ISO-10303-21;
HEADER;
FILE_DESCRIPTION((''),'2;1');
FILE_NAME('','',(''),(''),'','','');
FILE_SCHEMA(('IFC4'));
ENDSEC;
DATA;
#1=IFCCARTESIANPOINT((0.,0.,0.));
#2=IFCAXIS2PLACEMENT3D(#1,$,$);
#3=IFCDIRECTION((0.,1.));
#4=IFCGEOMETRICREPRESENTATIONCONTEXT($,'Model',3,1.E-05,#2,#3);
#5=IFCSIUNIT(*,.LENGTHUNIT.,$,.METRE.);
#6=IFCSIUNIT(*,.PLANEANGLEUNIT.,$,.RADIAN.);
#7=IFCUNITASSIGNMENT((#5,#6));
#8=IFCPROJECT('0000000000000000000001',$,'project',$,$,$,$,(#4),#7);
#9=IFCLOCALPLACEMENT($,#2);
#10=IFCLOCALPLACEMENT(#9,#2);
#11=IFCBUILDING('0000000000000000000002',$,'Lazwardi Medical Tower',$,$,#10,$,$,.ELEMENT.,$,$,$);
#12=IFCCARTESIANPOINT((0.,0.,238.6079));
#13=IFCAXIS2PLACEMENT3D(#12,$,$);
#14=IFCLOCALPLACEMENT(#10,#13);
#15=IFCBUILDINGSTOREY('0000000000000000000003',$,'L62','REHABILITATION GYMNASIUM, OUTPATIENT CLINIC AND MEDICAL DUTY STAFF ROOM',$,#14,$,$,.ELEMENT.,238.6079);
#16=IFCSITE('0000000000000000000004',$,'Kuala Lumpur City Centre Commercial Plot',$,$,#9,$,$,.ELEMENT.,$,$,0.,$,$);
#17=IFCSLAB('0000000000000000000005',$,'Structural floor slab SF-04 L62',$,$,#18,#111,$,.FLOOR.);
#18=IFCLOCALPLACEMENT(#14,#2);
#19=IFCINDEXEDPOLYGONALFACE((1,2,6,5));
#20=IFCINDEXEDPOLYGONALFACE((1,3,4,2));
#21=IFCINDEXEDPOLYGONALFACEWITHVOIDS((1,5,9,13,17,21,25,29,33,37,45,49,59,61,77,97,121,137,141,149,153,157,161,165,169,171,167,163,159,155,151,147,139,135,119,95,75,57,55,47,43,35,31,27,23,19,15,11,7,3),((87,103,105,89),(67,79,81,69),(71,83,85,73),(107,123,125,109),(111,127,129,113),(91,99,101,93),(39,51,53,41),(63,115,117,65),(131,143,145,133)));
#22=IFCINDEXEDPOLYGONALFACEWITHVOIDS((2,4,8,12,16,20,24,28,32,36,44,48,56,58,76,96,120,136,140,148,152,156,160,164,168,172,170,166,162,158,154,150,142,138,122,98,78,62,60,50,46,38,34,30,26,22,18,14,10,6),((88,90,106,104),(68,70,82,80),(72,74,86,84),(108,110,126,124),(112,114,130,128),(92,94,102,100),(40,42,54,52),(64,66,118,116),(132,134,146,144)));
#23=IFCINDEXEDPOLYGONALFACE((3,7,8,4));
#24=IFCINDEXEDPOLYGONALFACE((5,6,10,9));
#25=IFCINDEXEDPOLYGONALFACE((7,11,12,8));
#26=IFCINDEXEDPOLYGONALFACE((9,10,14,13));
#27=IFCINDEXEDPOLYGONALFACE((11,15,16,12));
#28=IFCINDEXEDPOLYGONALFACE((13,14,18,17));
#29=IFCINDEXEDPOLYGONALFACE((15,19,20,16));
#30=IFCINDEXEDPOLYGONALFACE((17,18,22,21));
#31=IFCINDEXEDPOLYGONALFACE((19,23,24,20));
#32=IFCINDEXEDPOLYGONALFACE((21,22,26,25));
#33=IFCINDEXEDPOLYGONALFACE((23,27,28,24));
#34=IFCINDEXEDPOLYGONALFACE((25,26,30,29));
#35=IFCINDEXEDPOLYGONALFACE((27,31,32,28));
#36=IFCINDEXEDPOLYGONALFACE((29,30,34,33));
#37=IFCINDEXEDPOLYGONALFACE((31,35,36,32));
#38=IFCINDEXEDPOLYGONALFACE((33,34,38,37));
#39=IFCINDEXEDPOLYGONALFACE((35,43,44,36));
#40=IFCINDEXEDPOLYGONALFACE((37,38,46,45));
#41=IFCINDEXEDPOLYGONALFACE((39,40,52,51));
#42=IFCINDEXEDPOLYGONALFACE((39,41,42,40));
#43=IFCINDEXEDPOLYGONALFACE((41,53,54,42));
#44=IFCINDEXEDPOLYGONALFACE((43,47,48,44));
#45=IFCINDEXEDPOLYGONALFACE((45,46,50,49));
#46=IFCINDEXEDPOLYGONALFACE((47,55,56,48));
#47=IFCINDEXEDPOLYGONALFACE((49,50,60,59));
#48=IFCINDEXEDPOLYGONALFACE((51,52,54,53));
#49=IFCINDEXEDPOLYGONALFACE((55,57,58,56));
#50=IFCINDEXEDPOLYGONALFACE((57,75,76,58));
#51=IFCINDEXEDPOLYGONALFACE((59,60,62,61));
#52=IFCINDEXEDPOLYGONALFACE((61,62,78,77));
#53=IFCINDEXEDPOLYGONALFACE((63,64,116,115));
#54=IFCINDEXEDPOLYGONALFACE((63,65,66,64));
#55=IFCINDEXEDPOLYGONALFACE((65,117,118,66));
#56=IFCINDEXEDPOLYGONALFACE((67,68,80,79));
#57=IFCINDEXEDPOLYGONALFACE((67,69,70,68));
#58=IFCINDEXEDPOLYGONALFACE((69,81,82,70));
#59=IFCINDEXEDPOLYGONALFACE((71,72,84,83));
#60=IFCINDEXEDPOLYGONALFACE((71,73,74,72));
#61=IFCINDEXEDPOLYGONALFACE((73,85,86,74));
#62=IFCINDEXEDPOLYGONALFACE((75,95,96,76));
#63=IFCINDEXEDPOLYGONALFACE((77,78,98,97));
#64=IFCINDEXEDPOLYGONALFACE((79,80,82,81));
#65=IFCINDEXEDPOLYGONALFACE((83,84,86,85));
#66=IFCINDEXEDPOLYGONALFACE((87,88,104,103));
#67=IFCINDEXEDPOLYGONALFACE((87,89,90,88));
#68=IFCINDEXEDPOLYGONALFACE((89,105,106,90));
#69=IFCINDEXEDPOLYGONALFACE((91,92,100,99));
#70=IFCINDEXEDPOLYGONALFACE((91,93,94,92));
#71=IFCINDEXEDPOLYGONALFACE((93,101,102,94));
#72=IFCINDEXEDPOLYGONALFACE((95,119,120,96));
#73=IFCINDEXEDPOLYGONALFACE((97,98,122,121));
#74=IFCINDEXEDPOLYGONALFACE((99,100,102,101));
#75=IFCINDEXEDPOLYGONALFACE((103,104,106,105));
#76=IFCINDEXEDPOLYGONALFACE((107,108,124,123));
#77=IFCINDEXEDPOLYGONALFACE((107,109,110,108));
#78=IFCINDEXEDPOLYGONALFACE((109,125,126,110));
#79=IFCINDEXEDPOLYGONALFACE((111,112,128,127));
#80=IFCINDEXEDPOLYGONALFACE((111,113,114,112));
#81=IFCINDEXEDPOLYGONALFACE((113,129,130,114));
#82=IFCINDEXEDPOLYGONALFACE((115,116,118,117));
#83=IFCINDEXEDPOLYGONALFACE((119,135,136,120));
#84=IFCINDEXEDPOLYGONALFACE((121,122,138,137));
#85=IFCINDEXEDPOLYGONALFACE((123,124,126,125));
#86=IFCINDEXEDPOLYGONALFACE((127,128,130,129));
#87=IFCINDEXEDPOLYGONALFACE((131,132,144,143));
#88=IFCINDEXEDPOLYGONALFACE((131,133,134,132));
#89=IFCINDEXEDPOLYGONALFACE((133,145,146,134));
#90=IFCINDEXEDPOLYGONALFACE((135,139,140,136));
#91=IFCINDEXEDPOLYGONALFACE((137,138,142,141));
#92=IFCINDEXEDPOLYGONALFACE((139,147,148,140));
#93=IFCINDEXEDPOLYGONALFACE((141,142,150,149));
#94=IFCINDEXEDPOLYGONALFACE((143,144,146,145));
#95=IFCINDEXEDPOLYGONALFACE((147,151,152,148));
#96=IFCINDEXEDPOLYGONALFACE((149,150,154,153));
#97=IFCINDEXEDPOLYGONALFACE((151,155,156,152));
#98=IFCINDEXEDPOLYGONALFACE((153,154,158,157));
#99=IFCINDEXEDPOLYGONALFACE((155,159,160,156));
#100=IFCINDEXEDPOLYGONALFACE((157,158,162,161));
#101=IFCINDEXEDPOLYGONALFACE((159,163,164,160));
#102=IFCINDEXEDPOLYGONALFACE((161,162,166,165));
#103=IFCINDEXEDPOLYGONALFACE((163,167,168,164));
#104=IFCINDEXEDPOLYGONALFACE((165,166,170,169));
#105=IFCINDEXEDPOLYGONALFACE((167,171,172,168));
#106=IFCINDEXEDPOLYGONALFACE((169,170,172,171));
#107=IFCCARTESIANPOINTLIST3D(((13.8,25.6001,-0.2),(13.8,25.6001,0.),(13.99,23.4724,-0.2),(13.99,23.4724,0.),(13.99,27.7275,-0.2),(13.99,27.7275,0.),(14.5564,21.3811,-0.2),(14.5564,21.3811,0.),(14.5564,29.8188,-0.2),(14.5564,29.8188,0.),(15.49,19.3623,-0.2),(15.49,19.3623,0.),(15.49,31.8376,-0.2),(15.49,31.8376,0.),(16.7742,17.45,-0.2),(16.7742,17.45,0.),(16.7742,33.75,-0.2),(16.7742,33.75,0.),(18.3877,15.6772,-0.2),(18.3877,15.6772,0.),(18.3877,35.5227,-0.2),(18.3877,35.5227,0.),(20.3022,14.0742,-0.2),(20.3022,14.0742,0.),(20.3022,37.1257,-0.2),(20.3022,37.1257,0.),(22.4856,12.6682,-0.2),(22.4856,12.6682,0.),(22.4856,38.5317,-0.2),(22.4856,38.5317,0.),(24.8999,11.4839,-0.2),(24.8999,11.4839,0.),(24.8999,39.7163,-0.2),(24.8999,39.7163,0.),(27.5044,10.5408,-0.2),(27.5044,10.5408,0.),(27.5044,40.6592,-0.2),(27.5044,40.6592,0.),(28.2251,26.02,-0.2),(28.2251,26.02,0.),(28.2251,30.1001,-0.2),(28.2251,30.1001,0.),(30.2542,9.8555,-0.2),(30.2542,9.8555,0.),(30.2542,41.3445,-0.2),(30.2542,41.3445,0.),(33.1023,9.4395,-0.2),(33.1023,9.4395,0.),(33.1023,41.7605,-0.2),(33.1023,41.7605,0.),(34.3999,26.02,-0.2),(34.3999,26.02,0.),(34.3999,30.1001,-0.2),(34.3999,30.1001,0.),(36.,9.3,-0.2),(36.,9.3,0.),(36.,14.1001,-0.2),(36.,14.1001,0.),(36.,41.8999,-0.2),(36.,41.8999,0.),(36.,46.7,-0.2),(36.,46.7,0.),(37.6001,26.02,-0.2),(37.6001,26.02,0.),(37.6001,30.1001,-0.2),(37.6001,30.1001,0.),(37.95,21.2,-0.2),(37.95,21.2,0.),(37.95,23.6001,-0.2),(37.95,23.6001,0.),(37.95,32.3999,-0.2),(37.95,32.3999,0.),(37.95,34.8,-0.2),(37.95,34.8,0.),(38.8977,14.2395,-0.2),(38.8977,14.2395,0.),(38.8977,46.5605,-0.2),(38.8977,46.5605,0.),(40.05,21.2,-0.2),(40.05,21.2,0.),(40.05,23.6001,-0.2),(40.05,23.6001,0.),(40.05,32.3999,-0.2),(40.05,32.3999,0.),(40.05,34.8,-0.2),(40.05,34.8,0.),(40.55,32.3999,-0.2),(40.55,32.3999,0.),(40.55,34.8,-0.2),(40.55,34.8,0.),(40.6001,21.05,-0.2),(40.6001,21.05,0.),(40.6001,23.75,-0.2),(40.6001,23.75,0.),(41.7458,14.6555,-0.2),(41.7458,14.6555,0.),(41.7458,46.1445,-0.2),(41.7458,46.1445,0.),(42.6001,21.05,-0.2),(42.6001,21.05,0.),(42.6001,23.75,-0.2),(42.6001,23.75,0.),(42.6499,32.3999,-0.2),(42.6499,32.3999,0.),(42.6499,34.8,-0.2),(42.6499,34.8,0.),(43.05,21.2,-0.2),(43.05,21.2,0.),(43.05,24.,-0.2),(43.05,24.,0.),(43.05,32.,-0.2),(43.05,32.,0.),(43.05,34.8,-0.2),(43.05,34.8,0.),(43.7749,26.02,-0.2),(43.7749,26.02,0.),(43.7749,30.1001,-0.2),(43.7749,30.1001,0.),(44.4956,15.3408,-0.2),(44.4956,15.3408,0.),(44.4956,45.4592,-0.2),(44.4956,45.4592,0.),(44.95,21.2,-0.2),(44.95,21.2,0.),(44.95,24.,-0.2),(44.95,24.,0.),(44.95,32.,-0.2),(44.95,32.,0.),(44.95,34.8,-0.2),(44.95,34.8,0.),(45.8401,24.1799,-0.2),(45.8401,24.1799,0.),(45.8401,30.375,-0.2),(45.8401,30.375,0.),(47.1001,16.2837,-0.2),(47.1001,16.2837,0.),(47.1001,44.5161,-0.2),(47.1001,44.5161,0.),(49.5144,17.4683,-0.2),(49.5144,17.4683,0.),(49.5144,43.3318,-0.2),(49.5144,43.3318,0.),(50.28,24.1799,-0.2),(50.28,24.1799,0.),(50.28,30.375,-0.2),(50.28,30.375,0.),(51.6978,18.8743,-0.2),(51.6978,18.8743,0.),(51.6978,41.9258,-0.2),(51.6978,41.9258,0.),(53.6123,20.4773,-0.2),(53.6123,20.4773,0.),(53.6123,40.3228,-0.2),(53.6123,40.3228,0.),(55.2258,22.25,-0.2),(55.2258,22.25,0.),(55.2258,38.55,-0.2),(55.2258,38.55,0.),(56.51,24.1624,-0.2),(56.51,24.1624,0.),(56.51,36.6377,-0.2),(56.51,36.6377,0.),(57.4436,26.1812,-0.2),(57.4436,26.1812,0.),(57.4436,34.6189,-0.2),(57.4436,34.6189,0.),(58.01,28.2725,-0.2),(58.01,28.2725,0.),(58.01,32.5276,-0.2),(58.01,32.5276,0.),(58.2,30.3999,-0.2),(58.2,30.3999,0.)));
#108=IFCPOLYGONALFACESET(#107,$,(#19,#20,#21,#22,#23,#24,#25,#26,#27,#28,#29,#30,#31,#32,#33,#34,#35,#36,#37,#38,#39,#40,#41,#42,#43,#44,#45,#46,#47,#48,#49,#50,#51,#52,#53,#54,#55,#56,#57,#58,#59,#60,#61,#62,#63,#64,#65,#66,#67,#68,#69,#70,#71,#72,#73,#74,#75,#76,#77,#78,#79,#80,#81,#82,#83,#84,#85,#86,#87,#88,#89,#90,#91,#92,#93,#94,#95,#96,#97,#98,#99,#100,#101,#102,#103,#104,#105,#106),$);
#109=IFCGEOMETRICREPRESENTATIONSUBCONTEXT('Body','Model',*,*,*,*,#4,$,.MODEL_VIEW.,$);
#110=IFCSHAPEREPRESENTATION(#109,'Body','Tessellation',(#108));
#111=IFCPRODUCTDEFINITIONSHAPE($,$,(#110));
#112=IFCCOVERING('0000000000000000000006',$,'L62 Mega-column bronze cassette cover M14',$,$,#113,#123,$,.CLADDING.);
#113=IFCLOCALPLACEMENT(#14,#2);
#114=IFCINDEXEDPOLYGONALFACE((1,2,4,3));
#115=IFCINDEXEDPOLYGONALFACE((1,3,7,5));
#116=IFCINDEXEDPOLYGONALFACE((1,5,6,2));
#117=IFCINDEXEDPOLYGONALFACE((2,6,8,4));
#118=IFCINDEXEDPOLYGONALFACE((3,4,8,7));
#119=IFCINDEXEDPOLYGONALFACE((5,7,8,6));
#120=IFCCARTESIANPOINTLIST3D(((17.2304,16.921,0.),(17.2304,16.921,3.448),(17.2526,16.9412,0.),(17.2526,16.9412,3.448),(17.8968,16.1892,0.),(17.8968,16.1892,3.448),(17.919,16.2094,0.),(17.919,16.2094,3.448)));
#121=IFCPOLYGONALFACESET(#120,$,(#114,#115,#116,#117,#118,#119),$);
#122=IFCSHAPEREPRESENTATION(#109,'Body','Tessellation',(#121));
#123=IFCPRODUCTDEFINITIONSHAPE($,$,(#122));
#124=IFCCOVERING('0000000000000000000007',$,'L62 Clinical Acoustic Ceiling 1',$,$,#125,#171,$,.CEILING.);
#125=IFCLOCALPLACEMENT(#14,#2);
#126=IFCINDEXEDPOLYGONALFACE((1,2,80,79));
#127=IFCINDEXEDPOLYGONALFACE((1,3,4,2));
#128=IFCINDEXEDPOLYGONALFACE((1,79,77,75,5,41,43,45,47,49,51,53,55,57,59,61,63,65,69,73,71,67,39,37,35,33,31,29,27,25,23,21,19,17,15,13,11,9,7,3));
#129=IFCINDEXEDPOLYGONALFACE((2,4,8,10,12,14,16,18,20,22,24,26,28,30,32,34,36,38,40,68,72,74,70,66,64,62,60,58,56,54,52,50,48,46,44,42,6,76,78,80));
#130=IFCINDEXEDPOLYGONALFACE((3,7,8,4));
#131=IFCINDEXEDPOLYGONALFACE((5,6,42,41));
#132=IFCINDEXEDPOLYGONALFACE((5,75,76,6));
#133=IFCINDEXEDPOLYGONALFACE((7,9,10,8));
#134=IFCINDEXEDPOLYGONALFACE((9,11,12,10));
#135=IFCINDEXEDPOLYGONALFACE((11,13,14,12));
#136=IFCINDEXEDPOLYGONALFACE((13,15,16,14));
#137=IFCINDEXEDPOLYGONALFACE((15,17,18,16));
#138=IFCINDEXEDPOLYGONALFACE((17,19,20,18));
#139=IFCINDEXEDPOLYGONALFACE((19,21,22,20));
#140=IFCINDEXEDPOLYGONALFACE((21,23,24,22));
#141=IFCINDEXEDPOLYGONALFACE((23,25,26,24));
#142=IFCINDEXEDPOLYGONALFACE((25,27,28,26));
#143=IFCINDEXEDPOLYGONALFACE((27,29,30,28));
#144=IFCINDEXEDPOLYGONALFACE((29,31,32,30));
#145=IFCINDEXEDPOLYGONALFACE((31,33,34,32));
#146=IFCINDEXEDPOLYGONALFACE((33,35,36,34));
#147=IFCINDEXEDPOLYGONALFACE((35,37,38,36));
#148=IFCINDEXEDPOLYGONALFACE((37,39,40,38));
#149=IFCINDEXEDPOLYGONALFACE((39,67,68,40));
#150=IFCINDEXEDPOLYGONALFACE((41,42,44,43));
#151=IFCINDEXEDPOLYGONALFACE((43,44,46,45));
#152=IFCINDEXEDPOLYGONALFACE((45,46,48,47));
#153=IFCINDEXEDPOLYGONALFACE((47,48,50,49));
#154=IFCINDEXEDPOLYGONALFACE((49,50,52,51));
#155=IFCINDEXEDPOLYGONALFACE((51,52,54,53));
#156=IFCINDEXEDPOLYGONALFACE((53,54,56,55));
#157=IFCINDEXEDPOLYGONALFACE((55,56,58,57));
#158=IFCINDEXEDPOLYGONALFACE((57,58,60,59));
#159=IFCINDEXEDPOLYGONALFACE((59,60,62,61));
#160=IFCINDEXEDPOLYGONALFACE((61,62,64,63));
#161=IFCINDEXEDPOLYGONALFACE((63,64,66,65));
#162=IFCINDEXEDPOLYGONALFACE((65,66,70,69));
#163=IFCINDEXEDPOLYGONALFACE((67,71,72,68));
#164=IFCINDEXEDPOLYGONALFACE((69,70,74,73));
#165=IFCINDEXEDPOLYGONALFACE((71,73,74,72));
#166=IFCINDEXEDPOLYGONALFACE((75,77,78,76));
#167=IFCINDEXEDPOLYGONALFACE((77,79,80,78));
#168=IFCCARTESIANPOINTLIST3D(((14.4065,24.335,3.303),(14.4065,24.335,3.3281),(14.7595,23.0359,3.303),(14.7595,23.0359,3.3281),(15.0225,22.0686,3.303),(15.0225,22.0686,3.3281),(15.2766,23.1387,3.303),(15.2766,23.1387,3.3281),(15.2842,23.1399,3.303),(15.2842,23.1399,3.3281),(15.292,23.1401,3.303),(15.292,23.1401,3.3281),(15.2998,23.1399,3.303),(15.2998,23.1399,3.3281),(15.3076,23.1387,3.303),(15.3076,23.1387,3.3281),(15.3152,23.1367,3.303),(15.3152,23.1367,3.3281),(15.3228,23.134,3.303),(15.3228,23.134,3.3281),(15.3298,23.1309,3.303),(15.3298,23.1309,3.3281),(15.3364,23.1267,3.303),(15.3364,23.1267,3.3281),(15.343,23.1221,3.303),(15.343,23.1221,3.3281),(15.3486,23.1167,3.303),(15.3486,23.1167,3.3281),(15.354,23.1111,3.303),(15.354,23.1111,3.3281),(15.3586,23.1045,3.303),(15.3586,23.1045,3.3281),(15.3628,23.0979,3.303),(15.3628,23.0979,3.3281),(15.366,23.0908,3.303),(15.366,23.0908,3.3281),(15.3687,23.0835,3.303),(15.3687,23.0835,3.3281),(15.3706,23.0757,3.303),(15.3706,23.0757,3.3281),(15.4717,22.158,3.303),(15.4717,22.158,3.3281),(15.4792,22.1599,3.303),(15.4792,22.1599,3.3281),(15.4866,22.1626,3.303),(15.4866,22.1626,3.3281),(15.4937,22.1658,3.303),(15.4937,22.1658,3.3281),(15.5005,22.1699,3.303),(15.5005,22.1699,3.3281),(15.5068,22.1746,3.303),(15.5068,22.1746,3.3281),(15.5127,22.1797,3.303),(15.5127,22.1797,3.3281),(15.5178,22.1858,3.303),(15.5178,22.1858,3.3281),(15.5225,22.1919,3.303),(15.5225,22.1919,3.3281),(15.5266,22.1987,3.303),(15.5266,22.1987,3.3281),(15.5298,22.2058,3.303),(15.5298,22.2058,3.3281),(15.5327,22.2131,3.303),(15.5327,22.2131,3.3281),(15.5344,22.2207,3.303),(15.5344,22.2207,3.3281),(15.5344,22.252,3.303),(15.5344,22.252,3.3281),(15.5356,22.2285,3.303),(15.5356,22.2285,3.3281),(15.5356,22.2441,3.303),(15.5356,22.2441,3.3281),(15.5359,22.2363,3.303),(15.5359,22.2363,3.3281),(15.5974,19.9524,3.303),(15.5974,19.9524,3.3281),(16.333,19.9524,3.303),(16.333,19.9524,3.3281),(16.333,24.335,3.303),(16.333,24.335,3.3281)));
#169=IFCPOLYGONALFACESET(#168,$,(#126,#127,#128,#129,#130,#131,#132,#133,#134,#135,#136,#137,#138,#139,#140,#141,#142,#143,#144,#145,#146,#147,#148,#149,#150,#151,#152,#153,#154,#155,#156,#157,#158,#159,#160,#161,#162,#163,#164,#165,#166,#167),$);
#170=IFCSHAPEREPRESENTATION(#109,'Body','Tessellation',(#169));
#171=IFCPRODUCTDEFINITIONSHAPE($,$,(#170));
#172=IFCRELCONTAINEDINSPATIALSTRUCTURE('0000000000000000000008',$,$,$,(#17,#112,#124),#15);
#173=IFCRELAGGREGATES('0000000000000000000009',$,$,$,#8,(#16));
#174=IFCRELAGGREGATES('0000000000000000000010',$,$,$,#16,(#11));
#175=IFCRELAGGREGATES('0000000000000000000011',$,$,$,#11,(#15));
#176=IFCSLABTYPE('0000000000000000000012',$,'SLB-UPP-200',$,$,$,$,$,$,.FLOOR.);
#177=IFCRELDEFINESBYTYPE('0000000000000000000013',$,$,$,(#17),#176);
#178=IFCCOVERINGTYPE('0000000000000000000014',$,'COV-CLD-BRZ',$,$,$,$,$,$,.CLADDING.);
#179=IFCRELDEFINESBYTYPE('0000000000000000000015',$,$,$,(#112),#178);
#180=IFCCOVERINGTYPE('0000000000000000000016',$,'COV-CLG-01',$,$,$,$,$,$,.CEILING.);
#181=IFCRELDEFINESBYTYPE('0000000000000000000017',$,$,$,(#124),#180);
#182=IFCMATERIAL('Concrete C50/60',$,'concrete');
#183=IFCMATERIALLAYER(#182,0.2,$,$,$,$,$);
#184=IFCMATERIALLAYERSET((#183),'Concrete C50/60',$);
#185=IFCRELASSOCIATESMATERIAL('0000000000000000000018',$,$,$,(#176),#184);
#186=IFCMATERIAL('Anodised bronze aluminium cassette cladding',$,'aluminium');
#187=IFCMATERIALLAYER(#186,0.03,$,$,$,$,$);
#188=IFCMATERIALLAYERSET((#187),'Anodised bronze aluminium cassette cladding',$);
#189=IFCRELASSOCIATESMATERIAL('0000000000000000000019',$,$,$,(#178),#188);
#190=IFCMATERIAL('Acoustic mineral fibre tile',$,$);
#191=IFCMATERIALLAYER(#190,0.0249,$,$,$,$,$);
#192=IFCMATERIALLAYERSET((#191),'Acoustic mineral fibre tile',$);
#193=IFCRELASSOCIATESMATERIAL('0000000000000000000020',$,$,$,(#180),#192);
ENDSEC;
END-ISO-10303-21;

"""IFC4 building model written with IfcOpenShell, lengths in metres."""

from ifc_helpers import new_model, si_unit, direction, frame, origin, origin_2d, place, context, subcontext, project, spatial, polyline, rectangle, outline, extrude, material, layer, layer_set, type_object, element, save


model = new_model("IFC4")

# Units and contexts
model_context = context("Model", 3, precision=1e-05, world=origin(), true_north=direction((0.0, 1.0)))
body_context = subcontext(model_context, "Body", "Model", "MODEL_VIEW")
ifc_project = project(units=[si_unit("LENGTHUNIT", "METRE"), si_unit("PLANEANGLEUNIT", "RADIAN")], contexts=[model_context])

# Site, building, storey
site_placement = place(None, origin())
site = spatial("IfcSite", under=ifc_project, at=site_placement, Name="Kuala Lumpur City Centre Commercial Plot", CompositionType="ELEMENT", RefElevation=0.0)
building_placement = place(site_placement, origin())
building = spatial("IfcBuilding", under=site, at=building_placement, Name="Lazwardi Medical Tower", CompositionType="ELEMENT")
storey_placement = place(building_placement, frame((0.0, 0.0, 238.6079)))
storey = spatial("IfcBuildingStorey", under=building, at=storey_placement, Name="L62", Description="REHABILITATION GYMNASIUM, OUTPATIENT CLINIC AND MEDICAL DUTY STAFF ROOM", CompositionType="ELEMENT", Elevation=238.6079)

# Slab
ifc_material_1 = material(Name="Concrete C50/60", Category="concrete")
ifc_layer_1 = layer(ifc_material_1, 0.2)
ifc_layer_set_1 = layer_set([ifc_layer_1], Name="Concrete C50/60")
slab_type_1 = type_object("IfcSlabType", Name="SLB-UPP-200", PredefinedType="FLOOR", material=ifc_layer_set_1)
slab_1_placement = place(storey_placement, frame((0.0, 0.0, -0.2)))
element("IfcSlab", 1, at=slab_1_placement, inside=storey, type_object=slab_type_1, Name="Structural floor slab SF-04 L62", PredefinedType="FLOOR", context=body_context, shape_type="SweptSolid", body=[
    extrude(outline(polyline([(18.3877, 15.6772), (20.3022, 14.0742), (22.4856, 12.6682), (24.8999, 11.4839), (27.5044, 10.5408), (30.2542, 9.8555), (33.1023, 9.4395), (36.0, 9.3), (36.0, 14.1001), (38.8977, 14.2395), (41.7458, 14.6555), (44.4956, 15.3408), (47.1001, 16.2837), (49.5144, 17.4683), (51.6978, 18.8743), (53.6123, 20.4773), (55.2258, 22.25), (56.51, 24.1624), (57.4436, 26.1812), (58.01, 28.2725), (58.2, 30.3999), (58.01, 32.5276), (57.4436, 34.6189), (56.51, 36.6377), (55.2258, 38.55), (53.6123, 40.3228), (51.6978, 41.9258), (49.5144, 43.3318), (47.1001, 44.5161), (44.4956, 45.4592), (41.7458, 46.1445), (38.8977, 46.5605), (36.0, 46.7), (36.0, 41.8999), (33.1023, 41.7605), (30.2542, 41.3445), (27.5044, 40.6592), (24.8999, 39.7163), (22.4856, 38.5317), (20.3022, 37.1257), (18.3877, 35.5227), (16.7742, 33.75), (15.49, 31.8376), (14.5564, 29.8188), (13.99, 27.7275), (13.8, 25.6001), (13.99, 23.4724), (14.5564, 21.3811), (15.49, 19.3623), (16.7742, 17.45), (18.3877, 15.6772)]), holes=[polyline([(28.2251, 26.02), (28.2251, 30.1001), (34.3999, 30.1001), (34.3999, 26.02), (28.2251, 26.02)]), polyline([(37.6001, 30.1001), (43.7749, 30.1001), (43.7749, 26.02), (37.6001, 26.02), (37.6001, 30.1001)]), polyline([(50.28, 30.375), (50.28, 24.1799), (45.8401, 24.1799), (45.8401, 30.375), (50.28, 30.375)]), polyline([(40.05, 32.3999), (37.95, 32.3999), (37.95, 34.8), (40.05, 34.8), (40.05, 32.3999)]), polyline([(40.55, 32.3999), (40.55, 34.8), (42.6499, 34.8), (42.6499, 32.3999), (40.55, 32.3999)]), polyline([(37.95, 23.6001), (40.05, 23.6001), (40.05, 21.2), (37.95, 21.2), (37.95, 23.6001)]), polyline([(44.95, 34.8), (44.95, 32.0), (43.05, 32.0), (43.05, 34.8), (44.95, 34.8)]), polyline([(44.95, 21.2), (43.05, 21.2), (43.05, 24.0), (44.95, 24.0), (44.95, 21.2)]), polyline([(40.6001, 21.05), (40.6001, 23.75), (42.6001, 23.75), (42.6001, 21.05), (40.6001, 21.05)])]), origin(), (0.0, 0.0, 1.0), 0.2),
])

# Coverings
ifc_material_2 = material(Name="Anodised bronze aluminium cassette cladding", Category="aluminium")
ifc_layer_2 = layer(ifc_material_2, 0.03)
ifc_layer_set_2 = layer_set([ifc_layer_2], Name="Anodised bronze aluminium cassette cladding")
covering_type_1 = type_object("IfcCoveringType", Name="COV-CLD-BRZ", PredefinedType="CLADDING", material=ifc_layer_set_2)
covering_1_placement = place(storey_placement, frame((17.5747, 16.5652, 0.0), z_axis=(0.0, 0.0, 1.0), x_axis=(0.673241, -0.739423, 0.0)))
element("IfcCovering", 2, at=covering_1_placement, inside=storey, type_object=covering_type_1, Name="L62 Mega-column bronze cassette cover M14", PredefinedType="CLADDING", context=body_context, shape_type="SweptSolid", body=[
    extrude(rectangle(XDim=0.9897, YDim=0.03, at=origin_2d()), origin(), (0.0, 0.0, 1.0), 3.448),
])
ifc_material_3 = material(Name="Acoustic mineral fibre tile")
ifc_layer_3 = layer(ifc_material_3, 0.0249)
ifc_layer_set_3 = layer_set([ifc_layer_3], Name="Acoustic mineral fibre tile")
covering_type_2 = type_object("IfcCoveringType", Name="COV-CLG-01", PredefinedType="CEILING", material=ifc_layer_set_3)
covering_2_placement = place(storey_placement, frame((0.0, 0.0, 3.303)))
element("IfcCovering", 3, at=covering_2_placement, inside=storey, type_object=covering_type_2, Name="L62 Clinical Acoustic Ceiling 1", PredefinedType="CEILING", context=body_context, shape_type="SweptSolid", body=[
    extrude(outline(polyline([(16.333, 24.335), (14.4065, 24.335), (14.7595, 23.0359), (15.2766, 23.1387), (15.2842, 23.1399), (15.292, 23.1401), (15.2998, 23.1399), (15.3076, 23.1387), (15.3152, 23.1367), (15.3228, 23.134), (15.3298, 23.1309), (15.3364, 23.1267), (15.343, 23.1221), (15.3486, 23.1167), (15.354, 23.1111), (15.3586, 23.1045), (15.3628, 23.0979), (15.366, 23.0908), (15.3687, 23.0835), (15.3706, 23.0757), (15.5344, 22.252), (15.5356, 22.2441), (15.5359, 22.2363), (15.5356, 22.2285), (15.5344, 22.2207), (15.5327, 22.2131), (15.5298, 22.2058), (15.5266, 22.1987), (15.5225, 22.1919), (15.5178, 22.1858), (15.5127, 22.1797), (15.5068, 22.1746), (15.5005, 22.1699), (15.4937, 22.1658), (15.4866, 22.1626), (15.4792, 22.1599), (15.4717, 22.158), (15.0225, 22.0686), (15.5974, 19.9524), (16.333, 19.9524), (16.333, 24.335)])), origin(), (0.0, 0.0, 1.0), 0.0251),
])

save(model, "model.ifc")
